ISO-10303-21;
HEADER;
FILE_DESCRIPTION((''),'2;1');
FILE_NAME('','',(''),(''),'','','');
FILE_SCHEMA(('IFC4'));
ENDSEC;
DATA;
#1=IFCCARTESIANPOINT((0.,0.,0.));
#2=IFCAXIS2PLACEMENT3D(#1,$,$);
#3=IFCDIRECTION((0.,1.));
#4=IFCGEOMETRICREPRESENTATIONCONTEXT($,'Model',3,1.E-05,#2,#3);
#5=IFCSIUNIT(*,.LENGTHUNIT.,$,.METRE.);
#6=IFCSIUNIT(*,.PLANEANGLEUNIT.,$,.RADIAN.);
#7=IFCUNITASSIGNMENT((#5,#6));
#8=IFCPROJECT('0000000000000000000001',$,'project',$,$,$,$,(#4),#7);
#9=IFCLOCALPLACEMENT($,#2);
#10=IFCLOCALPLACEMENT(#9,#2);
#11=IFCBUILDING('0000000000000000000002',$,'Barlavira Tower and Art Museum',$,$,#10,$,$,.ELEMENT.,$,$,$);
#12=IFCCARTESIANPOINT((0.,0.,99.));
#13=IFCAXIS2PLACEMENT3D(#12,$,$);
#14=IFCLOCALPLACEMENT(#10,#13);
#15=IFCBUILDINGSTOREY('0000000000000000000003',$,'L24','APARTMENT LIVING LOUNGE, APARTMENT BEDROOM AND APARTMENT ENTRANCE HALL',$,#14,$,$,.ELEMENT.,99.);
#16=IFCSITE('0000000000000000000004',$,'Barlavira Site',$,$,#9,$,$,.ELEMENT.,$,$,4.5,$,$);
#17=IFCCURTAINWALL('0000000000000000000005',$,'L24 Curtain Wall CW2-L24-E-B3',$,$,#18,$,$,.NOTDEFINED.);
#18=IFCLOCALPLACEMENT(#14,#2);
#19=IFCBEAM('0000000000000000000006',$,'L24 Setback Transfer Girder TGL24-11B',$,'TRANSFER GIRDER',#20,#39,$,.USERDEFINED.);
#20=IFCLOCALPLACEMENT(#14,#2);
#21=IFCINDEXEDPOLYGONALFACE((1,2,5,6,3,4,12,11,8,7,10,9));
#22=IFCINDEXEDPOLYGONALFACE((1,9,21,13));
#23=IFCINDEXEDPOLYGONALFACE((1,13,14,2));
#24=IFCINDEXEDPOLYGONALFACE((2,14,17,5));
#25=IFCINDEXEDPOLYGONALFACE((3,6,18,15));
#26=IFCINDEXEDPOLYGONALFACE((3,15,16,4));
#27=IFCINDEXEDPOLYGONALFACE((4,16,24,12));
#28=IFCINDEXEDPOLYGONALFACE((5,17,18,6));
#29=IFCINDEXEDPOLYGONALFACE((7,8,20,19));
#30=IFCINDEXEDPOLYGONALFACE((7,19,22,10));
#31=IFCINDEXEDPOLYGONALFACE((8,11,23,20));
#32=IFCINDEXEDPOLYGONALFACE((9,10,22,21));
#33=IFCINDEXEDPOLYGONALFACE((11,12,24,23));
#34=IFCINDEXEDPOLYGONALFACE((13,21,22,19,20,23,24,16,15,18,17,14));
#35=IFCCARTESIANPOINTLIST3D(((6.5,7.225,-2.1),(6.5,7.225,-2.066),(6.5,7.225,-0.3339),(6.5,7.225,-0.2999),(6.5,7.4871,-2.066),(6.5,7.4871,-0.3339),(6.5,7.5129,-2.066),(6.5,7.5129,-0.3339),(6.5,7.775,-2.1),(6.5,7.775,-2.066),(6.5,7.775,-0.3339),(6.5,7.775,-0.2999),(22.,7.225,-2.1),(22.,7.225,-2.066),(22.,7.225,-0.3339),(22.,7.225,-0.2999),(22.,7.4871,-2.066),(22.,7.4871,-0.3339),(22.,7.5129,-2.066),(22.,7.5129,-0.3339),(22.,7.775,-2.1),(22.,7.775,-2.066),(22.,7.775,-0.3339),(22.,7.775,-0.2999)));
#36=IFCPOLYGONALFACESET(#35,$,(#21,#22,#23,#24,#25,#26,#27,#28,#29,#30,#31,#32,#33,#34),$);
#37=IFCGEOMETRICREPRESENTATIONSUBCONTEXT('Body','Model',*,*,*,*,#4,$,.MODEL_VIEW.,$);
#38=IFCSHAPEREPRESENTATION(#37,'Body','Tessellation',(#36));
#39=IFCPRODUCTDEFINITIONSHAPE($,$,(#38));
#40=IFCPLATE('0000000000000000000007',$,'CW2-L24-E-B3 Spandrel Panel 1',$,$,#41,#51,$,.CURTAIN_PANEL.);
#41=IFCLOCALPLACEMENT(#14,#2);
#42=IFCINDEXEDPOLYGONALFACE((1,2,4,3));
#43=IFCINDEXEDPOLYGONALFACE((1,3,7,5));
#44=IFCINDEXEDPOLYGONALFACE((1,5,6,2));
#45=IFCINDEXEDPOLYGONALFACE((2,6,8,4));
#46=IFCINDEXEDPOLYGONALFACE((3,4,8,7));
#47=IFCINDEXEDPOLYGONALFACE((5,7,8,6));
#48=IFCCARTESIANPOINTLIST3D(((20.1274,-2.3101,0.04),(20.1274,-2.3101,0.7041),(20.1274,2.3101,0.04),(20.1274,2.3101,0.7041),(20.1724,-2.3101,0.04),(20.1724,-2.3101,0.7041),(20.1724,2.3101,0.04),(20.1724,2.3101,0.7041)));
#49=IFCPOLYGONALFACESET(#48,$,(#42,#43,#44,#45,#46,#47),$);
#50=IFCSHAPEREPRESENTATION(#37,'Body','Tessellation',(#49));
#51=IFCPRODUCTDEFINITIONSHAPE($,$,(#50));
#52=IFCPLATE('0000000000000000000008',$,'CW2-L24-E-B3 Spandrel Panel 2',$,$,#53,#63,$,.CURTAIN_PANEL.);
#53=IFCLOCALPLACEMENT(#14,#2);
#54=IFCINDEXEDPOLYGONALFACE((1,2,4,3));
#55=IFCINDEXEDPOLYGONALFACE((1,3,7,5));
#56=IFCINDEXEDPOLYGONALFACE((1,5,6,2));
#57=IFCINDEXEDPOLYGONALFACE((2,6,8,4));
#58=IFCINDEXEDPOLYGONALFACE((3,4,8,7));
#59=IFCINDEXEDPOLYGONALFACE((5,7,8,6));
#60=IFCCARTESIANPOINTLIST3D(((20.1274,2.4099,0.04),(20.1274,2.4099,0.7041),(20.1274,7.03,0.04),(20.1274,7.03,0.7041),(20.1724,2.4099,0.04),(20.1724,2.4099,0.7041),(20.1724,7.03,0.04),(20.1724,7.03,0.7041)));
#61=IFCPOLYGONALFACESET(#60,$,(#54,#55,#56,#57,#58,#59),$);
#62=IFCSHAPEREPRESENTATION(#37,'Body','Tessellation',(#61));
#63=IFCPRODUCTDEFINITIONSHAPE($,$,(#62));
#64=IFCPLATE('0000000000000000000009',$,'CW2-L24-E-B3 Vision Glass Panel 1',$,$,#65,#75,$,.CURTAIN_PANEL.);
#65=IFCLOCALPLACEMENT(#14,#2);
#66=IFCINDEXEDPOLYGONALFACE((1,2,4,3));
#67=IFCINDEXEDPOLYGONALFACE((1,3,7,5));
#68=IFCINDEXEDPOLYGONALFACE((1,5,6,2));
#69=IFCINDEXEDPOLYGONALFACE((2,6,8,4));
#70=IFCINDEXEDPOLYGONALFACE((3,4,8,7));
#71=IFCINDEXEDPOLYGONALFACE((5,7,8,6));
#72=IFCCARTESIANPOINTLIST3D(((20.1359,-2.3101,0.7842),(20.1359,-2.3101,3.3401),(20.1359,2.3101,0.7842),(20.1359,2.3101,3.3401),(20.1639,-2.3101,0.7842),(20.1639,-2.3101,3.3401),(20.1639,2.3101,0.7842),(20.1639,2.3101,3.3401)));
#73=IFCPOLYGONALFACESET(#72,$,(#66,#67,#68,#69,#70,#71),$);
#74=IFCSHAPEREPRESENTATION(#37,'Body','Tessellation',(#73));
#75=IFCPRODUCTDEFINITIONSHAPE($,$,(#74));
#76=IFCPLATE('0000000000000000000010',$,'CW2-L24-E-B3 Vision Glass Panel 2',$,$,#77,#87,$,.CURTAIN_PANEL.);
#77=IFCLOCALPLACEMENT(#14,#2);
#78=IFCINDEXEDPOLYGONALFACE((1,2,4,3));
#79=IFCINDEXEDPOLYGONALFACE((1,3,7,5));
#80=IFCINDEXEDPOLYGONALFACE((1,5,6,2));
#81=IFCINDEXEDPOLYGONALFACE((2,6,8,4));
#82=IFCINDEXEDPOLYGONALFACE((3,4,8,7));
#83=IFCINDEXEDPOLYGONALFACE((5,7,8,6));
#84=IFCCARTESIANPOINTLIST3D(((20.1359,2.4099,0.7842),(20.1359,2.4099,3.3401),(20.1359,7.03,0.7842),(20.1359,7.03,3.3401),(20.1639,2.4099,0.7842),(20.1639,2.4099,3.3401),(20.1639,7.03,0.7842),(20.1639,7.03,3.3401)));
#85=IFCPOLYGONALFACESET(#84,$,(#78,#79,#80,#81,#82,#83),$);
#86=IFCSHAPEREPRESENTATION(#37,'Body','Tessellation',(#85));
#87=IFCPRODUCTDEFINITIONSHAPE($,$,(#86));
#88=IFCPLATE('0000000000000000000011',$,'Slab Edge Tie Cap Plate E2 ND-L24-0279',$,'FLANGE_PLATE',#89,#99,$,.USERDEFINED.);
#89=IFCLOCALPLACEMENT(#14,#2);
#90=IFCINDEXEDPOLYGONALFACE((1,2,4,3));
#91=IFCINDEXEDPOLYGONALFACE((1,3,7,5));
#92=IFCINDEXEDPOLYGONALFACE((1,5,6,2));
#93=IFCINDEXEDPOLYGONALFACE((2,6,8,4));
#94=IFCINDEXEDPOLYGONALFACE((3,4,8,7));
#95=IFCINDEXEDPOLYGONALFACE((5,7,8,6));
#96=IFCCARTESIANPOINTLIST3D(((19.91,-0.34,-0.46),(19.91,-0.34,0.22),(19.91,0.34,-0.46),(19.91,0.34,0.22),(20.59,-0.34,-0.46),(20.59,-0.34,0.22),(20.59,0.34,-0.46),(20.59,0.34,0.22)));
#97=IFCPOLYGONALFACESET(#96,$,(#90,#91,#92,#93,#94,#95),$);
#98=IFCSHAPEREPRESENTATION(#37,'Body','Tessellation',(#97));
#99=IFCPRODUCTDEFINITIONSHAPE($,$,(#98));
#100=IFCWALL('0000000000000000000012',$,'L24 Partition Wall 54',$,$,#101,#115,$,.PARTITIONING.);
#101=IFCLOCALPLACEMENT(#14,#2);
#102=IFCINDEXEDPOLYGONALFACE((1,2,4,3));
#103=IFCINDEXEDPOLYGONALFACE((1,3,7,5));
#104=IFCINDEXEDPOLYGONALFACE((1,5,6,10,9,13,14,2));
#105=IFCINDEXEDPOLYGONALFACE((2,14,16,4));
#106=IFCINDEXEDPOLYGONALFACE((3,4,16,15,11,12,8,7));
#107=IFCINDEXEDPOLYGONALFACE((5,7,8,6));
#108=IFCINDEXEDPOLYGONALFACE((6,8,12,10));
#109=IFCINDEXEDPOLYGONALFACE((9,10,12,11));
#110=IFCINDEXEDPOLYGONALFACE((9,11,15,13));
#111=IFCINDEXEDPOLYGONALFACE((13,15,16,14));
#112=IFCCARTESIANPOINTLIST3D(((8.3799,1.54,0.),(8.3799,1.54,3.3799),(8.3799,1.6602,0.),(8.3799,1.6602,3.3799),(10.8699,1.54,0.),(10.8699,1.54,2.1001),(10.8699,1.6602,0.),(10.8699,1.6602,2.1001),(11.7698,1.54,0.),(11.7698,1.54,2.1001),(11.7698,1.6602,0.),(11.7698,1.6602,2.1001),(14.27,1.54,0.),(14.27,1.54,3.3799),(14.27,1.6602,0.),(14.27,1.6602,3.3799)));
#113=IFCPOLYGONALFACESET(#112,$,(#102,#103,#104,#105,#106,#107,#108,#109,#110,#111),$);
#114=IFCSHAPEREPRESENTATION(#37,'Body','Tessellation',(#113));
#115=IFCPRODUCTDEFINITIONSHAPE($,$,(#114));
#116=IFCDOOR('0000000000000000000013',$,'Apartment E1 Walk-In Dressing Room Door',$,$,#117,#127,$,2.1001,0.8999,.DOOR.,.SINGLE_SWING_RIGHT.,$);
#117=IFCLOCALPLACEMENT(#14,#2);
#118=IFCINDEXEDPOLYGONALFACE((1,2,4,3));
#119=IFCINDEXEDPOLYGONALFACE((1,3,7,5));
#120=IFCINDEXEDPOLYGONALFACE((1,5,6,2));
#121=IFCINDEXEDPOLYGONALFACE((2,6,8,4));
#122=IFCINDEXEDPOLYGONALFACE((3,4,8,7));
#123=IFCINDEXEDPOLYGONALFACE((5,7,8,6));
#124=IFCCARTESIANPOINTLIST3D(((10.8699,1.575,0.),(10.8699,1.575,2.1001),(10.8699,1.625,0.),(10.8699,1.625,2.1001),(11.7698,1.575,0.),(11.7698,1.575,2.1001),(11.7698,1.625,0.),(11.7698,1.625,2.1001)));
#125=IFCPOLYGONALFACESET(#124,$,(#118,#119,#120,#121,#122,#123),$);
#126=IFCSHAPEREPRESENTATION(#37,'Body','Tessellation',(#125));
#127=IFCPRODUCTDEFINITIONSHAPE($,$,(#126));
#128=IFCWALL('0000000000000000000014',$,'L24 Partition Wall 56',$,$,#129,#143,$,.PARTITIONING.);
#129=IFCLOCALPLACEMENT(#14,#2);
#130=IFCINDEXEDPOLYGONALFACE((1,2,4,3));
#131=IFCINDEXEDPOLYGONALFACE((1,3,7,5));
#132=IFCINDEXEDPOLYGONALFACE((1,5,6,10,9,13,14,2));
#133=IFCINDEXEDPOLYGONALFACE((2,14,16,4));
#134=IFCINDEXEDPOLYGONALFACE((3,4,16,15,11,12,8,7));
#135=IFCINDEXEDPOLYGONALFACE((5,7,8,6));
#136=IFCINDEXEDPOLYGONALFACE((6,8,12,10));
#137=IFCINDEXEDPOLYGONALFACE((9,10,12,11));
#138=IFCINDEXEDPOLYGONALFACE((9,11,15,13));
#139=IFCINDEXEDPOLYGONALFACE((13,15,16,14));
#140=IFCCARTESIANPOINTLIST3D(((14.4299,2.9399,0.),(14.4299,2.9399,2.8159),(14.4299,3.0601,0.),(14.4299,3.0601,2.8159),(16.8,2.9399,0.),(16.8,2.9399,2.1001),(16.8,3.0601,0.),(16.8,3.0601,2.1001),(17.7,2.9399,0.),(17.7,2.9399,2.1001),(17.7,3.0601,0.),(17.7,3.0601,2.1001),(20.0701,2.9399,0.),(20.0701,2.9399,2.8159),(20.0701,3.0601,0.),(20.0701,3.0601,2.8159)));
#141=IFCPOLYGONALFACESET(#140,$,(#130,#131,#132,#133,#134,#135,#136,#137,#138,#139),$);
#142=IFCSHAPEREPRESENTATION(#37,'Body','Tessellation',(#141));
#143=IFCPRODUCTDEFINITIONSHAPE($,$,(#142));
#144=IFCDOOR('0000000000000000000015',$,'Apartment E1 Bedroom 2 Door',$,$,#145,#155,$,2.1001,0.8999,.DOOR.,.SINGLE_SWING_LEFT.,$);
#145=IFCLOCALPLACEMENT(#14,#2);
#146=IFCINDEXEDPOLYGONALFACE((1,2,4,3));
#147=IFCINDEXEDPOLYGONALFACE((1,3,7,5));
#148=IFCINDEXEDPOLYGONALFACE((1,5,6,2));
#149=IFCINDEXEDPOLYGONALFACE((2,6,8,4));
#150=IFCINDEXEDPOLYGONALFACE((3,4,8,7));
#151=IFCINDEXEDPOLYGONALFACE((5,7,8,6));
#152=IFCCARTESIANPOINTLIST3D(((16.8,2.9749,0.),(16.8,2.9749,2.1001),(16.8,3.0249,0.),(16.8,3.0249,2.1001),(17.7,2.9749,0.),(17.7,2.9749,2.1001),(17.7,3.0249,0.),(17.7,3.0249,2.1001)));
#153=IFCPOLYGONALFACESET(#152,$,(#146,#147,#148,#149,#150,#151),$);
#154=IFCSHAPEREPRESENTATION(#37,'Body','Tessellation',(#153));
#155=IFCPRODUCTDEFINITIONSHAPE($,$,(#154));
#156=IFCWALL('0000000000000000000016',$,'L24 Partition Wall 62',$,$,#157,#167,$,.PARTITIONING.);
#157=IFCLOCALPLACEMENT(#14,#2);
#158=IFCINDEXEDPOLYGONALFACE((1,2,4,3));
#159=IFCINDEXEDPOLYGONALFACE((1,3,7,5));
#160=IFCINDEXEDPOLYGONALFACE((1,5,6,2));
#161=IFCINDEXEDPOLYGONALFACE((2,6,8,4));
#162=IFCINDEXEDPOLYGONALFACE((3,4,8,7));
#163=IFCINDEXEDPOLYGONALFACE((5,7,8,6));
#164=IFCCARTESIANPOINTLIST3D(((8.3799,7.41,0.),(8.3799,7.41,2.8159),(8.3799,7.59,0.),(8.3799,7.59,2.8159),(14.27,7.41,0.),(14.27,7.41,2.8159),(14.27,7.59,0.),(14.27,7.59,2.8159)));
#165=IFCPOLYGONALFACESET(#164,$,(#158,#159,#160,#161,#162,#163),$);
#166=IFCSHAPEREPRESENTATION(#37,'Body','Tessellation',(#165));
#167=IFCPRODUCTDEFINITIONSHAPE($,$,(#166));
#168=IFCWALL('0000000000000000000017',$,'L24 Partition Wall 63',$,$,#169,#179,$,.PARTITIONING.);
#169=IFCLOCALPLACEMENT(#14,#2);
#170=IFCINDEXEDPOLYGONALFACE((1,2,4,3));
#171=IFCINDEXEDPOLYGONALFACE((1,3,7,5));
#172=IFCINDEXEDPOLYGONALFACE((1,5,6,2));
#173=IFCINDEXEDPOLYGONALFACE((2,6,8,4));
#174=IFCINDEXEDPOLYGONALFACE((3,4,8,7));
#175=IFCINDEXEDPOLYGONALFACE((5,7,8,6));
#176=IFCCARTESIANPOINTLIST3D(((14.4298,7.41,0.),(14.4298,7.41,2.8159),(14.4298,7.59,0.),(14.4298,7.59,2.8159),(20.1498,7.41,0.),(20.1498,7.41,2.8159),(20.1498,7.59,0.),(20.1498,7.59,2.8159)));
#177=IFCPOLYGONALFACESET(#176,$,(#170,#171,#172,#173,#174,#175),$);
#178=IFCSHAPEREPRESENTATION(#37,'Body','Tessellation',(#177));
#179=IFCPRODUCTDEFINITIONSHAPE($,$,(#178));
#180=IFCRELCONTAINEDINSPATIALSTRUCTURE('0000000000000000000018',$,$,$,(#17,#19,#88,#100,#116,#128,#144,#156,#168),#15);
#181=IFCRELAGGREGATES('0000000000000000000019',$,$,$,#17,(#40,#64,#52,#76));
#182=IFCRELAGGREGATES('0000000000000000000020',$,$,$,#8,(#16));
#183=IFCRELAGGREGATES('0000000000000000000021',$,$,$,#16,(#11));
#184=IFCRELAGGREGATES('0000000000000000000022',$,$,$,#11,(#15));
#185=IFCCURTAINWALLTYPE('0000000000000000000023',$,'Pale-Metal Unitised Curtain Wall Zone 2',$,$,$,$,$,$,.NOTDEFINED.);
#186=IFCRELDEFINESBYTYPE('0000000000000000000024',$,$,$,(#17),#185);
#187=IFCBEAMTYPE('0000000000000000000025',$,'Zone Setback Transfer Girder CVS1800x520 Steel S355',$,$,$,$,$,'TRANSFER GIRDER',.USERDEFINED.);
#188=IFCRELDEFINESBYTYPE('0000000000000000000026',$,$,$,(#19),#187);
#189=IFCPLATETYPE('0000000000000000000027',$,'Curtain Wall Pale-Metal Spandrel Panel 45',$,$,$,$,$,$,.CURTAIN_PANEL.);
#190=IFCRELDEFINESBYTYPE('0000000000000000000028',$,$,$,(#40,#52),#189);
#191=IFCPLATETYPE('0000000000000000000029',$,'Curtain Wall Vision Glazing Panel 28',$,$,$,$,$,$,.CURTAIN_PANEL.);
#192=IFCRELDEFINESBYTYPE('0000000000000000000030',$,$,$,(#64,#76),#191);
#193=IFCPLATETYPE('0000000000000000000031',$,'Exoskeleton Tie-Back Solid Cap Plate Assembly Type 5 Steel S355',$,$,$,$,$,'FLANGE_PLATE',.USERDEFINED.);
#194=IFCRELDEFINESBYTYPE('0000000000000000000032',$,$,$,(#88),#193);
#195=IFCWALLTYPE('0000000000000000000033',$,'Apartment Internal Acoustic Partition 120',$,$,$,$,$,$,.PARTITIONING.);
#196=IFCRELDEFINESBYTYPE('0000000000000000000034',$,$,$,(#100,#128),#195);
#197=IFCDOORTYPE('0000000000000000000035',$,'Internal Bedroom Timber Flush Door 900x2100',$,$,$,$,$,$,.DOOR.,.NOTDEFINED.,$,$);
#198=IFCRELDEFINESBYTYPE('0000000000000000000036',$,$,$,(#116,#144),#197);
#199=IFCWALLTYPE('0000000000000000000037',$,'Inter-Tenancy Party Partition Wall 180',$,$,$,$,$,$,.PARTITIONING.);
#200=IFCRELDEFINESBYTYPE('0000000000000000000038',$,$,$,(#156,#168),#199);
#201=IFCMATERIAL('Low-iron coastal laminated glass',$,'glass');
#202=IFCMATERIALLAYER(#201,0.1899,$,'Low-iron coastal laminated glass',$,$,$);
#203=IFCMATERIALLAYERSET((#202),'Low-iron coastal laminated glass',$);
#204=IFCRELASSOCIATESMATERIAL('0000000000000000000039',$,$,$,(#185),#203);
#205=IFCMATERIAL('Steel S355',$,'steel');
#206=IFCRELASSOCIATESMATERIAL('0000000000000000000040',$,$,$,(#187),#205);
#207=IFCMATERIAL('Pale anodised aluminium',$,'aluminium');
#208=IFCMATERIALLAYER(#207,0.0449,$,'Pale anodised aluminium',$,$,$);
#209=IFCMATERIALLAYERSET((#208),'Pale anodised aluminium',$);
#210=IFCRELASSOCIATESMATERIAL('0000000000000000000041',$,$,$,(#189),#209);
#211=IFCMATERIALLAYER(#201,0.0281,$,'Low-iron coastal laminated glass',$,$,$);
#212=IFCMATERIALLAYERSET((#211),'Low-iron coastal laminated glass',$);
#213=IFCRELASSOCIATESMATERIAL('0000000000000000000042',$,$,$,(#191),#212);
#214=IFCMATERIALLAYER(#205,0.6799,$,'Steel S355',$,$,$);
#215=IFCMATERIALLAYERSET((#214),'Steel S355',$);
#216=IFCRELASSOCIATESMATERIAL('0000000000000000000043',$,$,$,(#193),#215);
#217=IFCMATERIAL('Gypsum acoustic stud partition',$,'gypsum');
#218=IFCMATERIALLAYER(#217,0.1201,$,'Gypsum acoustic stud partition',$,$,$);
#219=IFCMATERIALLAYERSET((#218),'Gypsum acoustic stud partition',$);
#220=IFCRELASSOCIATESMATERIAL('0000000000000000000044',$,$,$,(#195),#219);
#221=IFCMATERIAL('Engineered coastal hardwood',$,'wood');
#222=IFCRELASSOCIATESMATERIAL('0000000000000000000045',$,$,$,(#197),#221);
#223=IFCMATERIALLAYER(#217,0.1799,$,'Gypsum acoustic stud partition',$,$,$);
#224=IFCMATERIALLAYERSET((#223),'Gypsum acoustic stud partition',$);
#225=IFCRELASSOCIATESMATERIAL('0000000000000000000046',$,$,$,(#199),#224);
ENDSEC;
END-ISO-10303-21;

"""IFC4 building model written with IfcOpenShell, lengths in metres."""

from ifc_helpers import new_model, si_unit, direction, frame, frame_2d, origin, origin_2d, place, context, subcontext, project, spatial, rectangle, i_section, extrude, material, layer, layer_set, material_profile, profile_set, type_object, element, fill, aggregate, save


model = new_model("IFC4")

# Units and contexts
model_context = context("Model", 3, precision=1e-05, world=origin(), true_north=direction((0.0, 1.0)))
body_context = subcontext(model_context, "Body", "Model", "MODEL_VIEW")
ifc_project = project(units=[si_unit("LENGTHUNIT", "METRE"), si_unit("PLANEANGLEUNIT", "RADIAN")], contexts=[model_context])

# Site, building, storey
site_placement = place(None, origin())
site = spatial("IfcSite", under=ifc_project, at=site_placement, Name="Barlavira Site", CompositionType="ELEMENT", RefElevation=4.5)
building_placement = place(site_placement, origin())
building = spatial("IfcBuilding", under=site, at=building_placement, Name="Barlavira Tower and Art Museum", CompositionType="ELEMENT")
storey_placement = place(building_placement, frame((0.0, 0.0, 99.0)))
storey = spatial("IfcBuildingStorey", under=building, at=storey_placement, Name="L24", Description="APARTMENT LIVING LOUNGE, APARTMENT BEDROOM AND APARTMENT ENTRANCE HALL", CompositionType="ELEMENT", Elevation=99.0)

# Curtain wall
ifc_material_1 = material(Name="Low-iron coastal laminated glass", Category="glass")
ifc_layer_1 = layer(ifc_material_1, 0.1899, Name="Low-iron coastal laminated glass")
ifc_layer_set_1 = layer_set([ifc_layer_1], Name="Low-iron coastal laminated glass")
curtain_wall_type = type_object("IfcCurtainWallType", Name="Pale-Metal Unitised Curtain Wall Zone 2", PredefinedType="NOTDEFINED", material=ifc_layer_set_1)
curtain_wall_placement = place(storey_placement, origin())
curtain_wall = element("IfcCurtainWall", 1, at=curtain_wall_placement, inside=storey, type_object=curtain_wall_type, Name="L24 Curtain Wall CW2-L24-E-B3", PredefinedType="NOTDEFINED")
ifc_material_2 = material(Name="Pale anodised aluminium", Category="aluminium")

# Shared definitions
ifc_material_3 = material(Name="Steel S355", Category="steel")

# Beam
ifc_material_profile_1 = material_profile(ifc_material_3, i_section(OverallWidth=0.55, OverallDepth=1.8, WebThickness=0.0259, FlangeThickness=0.0339, at=origin_2d()), Name="CVS1800x520")
ifc_profile_set_1 = profile_set([ifc_material_profile_1], Name="Steel S355")
beam_type_1 = type_object("IfcBeamType", Name="Zone Setback Transfer Girder CVS1800x520 Steel S355", ElementType="TRANSFER GIRDER", PredefinedType="USERDEFINED", material=ifc_profile_set_1)
beam_1_placement = place(storey_placement, frame((6.5, 7.5, -1.2), z_axis=(1.0, 0.0, 0.0), x_axis=(0.0, 1.0, 0.0)))
element("IfcBeam", 2, at=beam_1_placement, inside=storey, type_object=beam_type_1, Name="L24 Setback Transfer Girder TGL24-11B", ObjectType="TRANSFER GIRDER", PredefinedType="USERDEFINED", context=body_context, shape_type="SweptSolid", body=[
    extrude(i_section(OverallWidth=0.55, OverallDepth=1.8, WebThickness=0.0259, FlangeThickness=0.0339, at=origin_2d()), origin(), (0.0, 0.0, 1.0), 15.5),
])

# Plates
ifc_layer_2 = layer(ifc_material_2, 0.0449, Name="Pale anodised aluminium")
ifc_layer_set_2 = layer_set([ifc_layer_2], Name="Pale anodised aluminium")
plate_type_1 = type_object("IfcPlateType", Name="Curtain Wall Pale-Metal Spandrel Panel 45", PredefinedType="CURTAIN_PANEL", material=ifc_layer_set_2)
plate_1_placement = place(storey_placement, frame((20.1499, 0.0, 0.04), z_axis=(0.0, 0.0, 1.0), x_axis=(0.0, 1.0, 0.0)))
plate_1 = element("IfcPlate", 3, at=plate_1_placement, type_object=plate_type_1, Name="CW2-L24-E-B3 Spandrel Panel 1", PredefinedType="CURTAIN_PANEL", context=body_context, shape_type="SweptSolid", body=[
    extrude(rectangle(XDim=4.6201, YDim=0.0449, at=origin_2d()), origin(), (0.0, 0.0, 1.0), 0.6641),
])
plate_2_placement = place(storey_placement, frame((20.1499, 4.72, 0.04), z_axis=(0.0, 0.0, 1.0), x_axis=(0.0, 1.0, 0.0)))
plate_2 = element("IfcPlate", 4, at=plate_2_placement, type_object=plate_type_1, Name="CW2-L24-E-B3 Spandrel Panel 2", PredefinedType="CURTAIN_PANEL", context=body_context, shape_type="SweptSolid", body=[
    extrude(rectangle(XDim=4.6201, YDim=0.0449, at=origin_2d()), origin(), (0.0, 0.0, 1.0), 0.6641),
])
ifc_layer_3 = layer(ifc_material_1, 0.0281, Name="Low-iron coastal laminated glass")
ifc_layer_set_3 = layer_set([ifc_layer_3], Name="Low-iron coastal laminated glass")
plate_type_2 = type_object("IfcPlateType", Name="Curtain Wall Vision Glazing Panel 28", PredefinedType="CURTAIN_PANEL", material=ifc_layer_set_3)
plate_3_placement = place(storey_placement, frame((20.1499, 0.0, 0.7842), z_axis=(0.0, 0.0, 1.0), x_axis=(0.0, 1.0, 0.0)))
plate_3 = element("IfcPlate", 5, at=plate_3_placement, type_object=plate_type_2, Name="CW2-L24-E-B3 Vision Glass Panel 1", PredefinedType="CURTAIN_PANEL", context=body_context, shape_type="SweptSolid", body=[
    extrude(rectangle(XDim=4.6201, YDim=0.0281, at=origin_2d()), origin(), (0.0, 0.0, 1.0), 2.5559),
])
plate_4_placement = place(storey_placement, frame((20.1499, 4.72, 0.7842), z_axis=(0.0, 0.0, 1.0), x_axis=(0.0, 1.0, 0.0)))
plate_4 = element("IfcPlate", 6, at=plate_4_placement, type_object=plate_type_2, Name="CW2-L24-E-B3 Vision Glass Panel 2", PredefinedType="CURTAIN_PANEL", context=body_context, shape_type="SweptSolid", body=[
    extrude(rectangle(XDim=4.6201, YDim=0.0281, at=origin_2d()), origin(), (0.0, 0.0, 1.0), 2.5559),
])
aggregate(curtain_wall, [plate_1, plate_3, plate_2, plate_4])
ifc_layer_4 = layer(ifc_material_3, 0.6799, Name="Steel S355")
ifc_layer_set_4 = layer_set([ifc_layer_4], Name="Steel S355")
plate_type_3 = type_object("IfcPlateType", Name="Exoskeleton Tie-Back Solid Cap Plate Assembly Type 5 Steel S355", ElementType="FLANGE_PLATE", PredefinedType="USERDEFINED", material=ifc_layer_set_4)
plate_5_placement = place(storey_placement, frame((20.25, 0.0, -0.46), z_axis=(0.0, 0.0, 1.0), x_axis=(1.0, 0.0, 0.0)))
element("IfcPlate", 7, at=plate_5_placement, inside=storey, type_object=plate_type_3, Name="Slab Edge Tie Cap Plate E2 ND-L24-0279", ObjectType="FLANGE_PLATE", PredefinedType="USERDEFINED", context=body_context, shape_type="SweptSolid", body=[
    extrude(rectangle(XDim=0.6799, YDim=0.6799, at=origin_2d()), origin(), (0.0, 0.0, 1.0), 0.6799),
])

# Walls, openings, doors
ifc_material_4 = material(Name="Gypsum acoustic stud partition", Category="gypsum")
ifc_layer_5 = layer(ifc_material_4, 0.1201, Name="Gypsum acoustic stud partition")
ifc_layer_set_5 = layer_set([ifc_layer_5], Name="Gypsum acoustic stud partition")
wall_type_1 = type_object("IfcWallType", Name="Apartment Internal Acoustic Partition 120", PredefinedType="PARTITIONING", material=ifc_layer_set_5)
wall_1_placement = place(storey_placement, frame((8.3799, 1.6001, 0.0), z_axis=(0.0, 0.0, 1.0), x_axis=(1.0, 0.0, 0.0)))
wall_1 = element("IfcWall", 8, at=wall_1_placement, inside=storey, type_object=wall_type_1, Name="L24 Partition Wall 54", PredefinedType="PARTITIONING", context=body_context, shape_type="SweptSolid", body=[
    extrude(rectangle(XDim=5.8901, YDim=0.1201, at=frame_2d((2.9451, 0.0))), origin(), (0.0, 0.0, 1.0), 3.3799),
])
opening_1_placement = place(wall_1_placement, frame((2.49, 0.0, 0.0)))
opening_1 = element("IfcOpeningElement", 9, at=opening_1_placement, cuts=wall_1, PredefinedType="OPENING", context=body_context, shape_type="SweptSolid", body=[
    extrude(rectangle(XDim=0.8999, YDim=2.1001, at=frame_2d((0.45, 1.05))), frame((0.0, 0.0701, 0.0), z_axis=(0.0, -1.0, 0.0), x_axis=(1.0, 0.0, 0.0)), (0.0, 0.0, 1.0), 0.1401),
])
ifc_material_5 = material(Name="Engineered coastal hardwood", Category="wood")
door_type = type_object("IfcDoorType", Name="Internal Bedroom Timber Flush Door 900x2100", OperationType="NOTDEFINED", PredefinedType="DOOR", material=ifc_material_5)
door_1_placement = place(opening_1_placement, origin())
door_1 = element("IfcDoor", 10, at=door_1_placement, inside=storey, type_object=door_type, Name="Apartment E1 Walk-In Dressing Room Door", OperationType="SINGLE_SWING_RIGHT", OverallHeight=2.1001, OverallWidth=0.8999, PredefinedType="DOOR", context=body_context, shape_type="SweptSolid", body=[
    extrude(rectangle(XDim=0.8999, YDim=2.1001, at=frame_2d((0.45, 1.05))), frame((0.0, 0.0249, 0.0), z_axis=(0.0, -1.0, 0.0), x_axis=(1.0, 0.0, 0.0)), (0.0, 0.0, 1.0), 0.05),
])
fill(opening_1, door_1)
wall_2_placement = place(storey_placement, frame((14.4299, 3.0, 0.0), z_axis=(0.0, 0.0, 1.0), x_axis=(1.0, 0.0, 0.0)))
wall_2 = element("IfcWall", 11, at=wall_2_placement, inside=storey, type_object=wall_type_1, Name="L24 Partition Wall 56", PredefinedType="PARTITIONING", context=body_context, shape_type="SweptSolid", body=[
    extrude(rectangle(XDim=5.6401, YDim=0.1201, at=frame_2d((2.8201, 0.0))), origin(), (0.0, 0.0, 1.0), 2.8159),
])
opening_2_placement = place(wall_2_placement, frame((2.3701, 0.0, 0.0)))
opening_2 = element("IfcOpeningElement", 12, at=opening_2_placement, cuts=wall_2, PredefinedType="OPENING", context=body_context, shape_type="SweptSolid", body=[
    extrude(rectangle(XDim=0.8999, YDim=2.1001, at=frame_2d((0.45, 1.05))), frame((0.0, 0.0701, 0.0), z_axis=(0.0, -1.0, 0.0), x_axis=(1.0, 0.0, 0.0)), (0.0, 0.0, 1.0), 0.1401),
])
door_2_placement = place(opening_2_placement, origin())
door_2 = element("IfcDoor", 13, at=door_2_placement, inside=storey, type_object=door_type, Name="Apartment E1 Bedroom 2 Door", OperationType="SINGLE_SWING_LEFT", OverallHeight=2.1001, OverallWidth=0.8999, PredefinedType="DOOR", context=body_context, shape_type="SweptSolid", body=[
    extrude(rectangle(XDim=0.8999, YDim=2.1001, at=frame_2d((0.45, 1.05))), frame((0.0, 0.0249, 0.0), z_axis=(0.0, -1.0, 0.0), x_axis=(1.0, 0.0, 0.0)), (0.0, 0.0, 1.0), 0.05),
])
fill(opening_2, door_2)

# Walls
ifc_layer_6 = layer(ifc_material_4, 0.1799, Name="Gypsum acoustic stud partition")
ifc_layer_set_6 = layer_set([ifc_layer_6], Name="Gypsum acoustic stud partition")
wall_type_2 = type_object("IfcWallType", Name="Inter-Tenancy Party Partition Wall 180", PredefinedType="PARTITIONING", material=ifc_layer_set_6)
wall_3_placement = place(storey_placement, frame((8.3799, 7.5, 0.0), z_axis=(0.0, 0.0, 1.0), x_axis=(1.0, 0.0, 0.0)))
element("IfcWall", 14, at=wall_3_placement, inside=storey, type_object=wall_type_2, Name="L24 Partition Wall 62", PredefinedType="PARTITIONING", context=body_context, shape_type="SweptSolid", body=[
    extrude(rectangle(XDim=5.8901, YDim=0.1799, at=frame_2d((2.9451, 0.0))), origin(), (0.0, 0.0, 1.0), 2.8159),
])
wall_4_placement = place(storey_placement, frame((14.4299, 7.5, 0.0), z_axis=(0.0, 0.0, 1.0), x_axis=(1.0, 0.0, 0.0)))
element("IfcWall", 15, at=wall_4_placement, inside=storey, type_object=wall_type_2, Name="L24 Partition Wall 63", PredefinedType="PARTITIONING", context=body_context, shape_type="SweptSolid", body=[
    extrude(rectangle(XDim=5.72, YDim=0.1799, at=frame_2d((2.8599, 0.0))), origin(), (0.0, 0.0, 1.0), 2.8159),
])

save(model, "model.ifc")
